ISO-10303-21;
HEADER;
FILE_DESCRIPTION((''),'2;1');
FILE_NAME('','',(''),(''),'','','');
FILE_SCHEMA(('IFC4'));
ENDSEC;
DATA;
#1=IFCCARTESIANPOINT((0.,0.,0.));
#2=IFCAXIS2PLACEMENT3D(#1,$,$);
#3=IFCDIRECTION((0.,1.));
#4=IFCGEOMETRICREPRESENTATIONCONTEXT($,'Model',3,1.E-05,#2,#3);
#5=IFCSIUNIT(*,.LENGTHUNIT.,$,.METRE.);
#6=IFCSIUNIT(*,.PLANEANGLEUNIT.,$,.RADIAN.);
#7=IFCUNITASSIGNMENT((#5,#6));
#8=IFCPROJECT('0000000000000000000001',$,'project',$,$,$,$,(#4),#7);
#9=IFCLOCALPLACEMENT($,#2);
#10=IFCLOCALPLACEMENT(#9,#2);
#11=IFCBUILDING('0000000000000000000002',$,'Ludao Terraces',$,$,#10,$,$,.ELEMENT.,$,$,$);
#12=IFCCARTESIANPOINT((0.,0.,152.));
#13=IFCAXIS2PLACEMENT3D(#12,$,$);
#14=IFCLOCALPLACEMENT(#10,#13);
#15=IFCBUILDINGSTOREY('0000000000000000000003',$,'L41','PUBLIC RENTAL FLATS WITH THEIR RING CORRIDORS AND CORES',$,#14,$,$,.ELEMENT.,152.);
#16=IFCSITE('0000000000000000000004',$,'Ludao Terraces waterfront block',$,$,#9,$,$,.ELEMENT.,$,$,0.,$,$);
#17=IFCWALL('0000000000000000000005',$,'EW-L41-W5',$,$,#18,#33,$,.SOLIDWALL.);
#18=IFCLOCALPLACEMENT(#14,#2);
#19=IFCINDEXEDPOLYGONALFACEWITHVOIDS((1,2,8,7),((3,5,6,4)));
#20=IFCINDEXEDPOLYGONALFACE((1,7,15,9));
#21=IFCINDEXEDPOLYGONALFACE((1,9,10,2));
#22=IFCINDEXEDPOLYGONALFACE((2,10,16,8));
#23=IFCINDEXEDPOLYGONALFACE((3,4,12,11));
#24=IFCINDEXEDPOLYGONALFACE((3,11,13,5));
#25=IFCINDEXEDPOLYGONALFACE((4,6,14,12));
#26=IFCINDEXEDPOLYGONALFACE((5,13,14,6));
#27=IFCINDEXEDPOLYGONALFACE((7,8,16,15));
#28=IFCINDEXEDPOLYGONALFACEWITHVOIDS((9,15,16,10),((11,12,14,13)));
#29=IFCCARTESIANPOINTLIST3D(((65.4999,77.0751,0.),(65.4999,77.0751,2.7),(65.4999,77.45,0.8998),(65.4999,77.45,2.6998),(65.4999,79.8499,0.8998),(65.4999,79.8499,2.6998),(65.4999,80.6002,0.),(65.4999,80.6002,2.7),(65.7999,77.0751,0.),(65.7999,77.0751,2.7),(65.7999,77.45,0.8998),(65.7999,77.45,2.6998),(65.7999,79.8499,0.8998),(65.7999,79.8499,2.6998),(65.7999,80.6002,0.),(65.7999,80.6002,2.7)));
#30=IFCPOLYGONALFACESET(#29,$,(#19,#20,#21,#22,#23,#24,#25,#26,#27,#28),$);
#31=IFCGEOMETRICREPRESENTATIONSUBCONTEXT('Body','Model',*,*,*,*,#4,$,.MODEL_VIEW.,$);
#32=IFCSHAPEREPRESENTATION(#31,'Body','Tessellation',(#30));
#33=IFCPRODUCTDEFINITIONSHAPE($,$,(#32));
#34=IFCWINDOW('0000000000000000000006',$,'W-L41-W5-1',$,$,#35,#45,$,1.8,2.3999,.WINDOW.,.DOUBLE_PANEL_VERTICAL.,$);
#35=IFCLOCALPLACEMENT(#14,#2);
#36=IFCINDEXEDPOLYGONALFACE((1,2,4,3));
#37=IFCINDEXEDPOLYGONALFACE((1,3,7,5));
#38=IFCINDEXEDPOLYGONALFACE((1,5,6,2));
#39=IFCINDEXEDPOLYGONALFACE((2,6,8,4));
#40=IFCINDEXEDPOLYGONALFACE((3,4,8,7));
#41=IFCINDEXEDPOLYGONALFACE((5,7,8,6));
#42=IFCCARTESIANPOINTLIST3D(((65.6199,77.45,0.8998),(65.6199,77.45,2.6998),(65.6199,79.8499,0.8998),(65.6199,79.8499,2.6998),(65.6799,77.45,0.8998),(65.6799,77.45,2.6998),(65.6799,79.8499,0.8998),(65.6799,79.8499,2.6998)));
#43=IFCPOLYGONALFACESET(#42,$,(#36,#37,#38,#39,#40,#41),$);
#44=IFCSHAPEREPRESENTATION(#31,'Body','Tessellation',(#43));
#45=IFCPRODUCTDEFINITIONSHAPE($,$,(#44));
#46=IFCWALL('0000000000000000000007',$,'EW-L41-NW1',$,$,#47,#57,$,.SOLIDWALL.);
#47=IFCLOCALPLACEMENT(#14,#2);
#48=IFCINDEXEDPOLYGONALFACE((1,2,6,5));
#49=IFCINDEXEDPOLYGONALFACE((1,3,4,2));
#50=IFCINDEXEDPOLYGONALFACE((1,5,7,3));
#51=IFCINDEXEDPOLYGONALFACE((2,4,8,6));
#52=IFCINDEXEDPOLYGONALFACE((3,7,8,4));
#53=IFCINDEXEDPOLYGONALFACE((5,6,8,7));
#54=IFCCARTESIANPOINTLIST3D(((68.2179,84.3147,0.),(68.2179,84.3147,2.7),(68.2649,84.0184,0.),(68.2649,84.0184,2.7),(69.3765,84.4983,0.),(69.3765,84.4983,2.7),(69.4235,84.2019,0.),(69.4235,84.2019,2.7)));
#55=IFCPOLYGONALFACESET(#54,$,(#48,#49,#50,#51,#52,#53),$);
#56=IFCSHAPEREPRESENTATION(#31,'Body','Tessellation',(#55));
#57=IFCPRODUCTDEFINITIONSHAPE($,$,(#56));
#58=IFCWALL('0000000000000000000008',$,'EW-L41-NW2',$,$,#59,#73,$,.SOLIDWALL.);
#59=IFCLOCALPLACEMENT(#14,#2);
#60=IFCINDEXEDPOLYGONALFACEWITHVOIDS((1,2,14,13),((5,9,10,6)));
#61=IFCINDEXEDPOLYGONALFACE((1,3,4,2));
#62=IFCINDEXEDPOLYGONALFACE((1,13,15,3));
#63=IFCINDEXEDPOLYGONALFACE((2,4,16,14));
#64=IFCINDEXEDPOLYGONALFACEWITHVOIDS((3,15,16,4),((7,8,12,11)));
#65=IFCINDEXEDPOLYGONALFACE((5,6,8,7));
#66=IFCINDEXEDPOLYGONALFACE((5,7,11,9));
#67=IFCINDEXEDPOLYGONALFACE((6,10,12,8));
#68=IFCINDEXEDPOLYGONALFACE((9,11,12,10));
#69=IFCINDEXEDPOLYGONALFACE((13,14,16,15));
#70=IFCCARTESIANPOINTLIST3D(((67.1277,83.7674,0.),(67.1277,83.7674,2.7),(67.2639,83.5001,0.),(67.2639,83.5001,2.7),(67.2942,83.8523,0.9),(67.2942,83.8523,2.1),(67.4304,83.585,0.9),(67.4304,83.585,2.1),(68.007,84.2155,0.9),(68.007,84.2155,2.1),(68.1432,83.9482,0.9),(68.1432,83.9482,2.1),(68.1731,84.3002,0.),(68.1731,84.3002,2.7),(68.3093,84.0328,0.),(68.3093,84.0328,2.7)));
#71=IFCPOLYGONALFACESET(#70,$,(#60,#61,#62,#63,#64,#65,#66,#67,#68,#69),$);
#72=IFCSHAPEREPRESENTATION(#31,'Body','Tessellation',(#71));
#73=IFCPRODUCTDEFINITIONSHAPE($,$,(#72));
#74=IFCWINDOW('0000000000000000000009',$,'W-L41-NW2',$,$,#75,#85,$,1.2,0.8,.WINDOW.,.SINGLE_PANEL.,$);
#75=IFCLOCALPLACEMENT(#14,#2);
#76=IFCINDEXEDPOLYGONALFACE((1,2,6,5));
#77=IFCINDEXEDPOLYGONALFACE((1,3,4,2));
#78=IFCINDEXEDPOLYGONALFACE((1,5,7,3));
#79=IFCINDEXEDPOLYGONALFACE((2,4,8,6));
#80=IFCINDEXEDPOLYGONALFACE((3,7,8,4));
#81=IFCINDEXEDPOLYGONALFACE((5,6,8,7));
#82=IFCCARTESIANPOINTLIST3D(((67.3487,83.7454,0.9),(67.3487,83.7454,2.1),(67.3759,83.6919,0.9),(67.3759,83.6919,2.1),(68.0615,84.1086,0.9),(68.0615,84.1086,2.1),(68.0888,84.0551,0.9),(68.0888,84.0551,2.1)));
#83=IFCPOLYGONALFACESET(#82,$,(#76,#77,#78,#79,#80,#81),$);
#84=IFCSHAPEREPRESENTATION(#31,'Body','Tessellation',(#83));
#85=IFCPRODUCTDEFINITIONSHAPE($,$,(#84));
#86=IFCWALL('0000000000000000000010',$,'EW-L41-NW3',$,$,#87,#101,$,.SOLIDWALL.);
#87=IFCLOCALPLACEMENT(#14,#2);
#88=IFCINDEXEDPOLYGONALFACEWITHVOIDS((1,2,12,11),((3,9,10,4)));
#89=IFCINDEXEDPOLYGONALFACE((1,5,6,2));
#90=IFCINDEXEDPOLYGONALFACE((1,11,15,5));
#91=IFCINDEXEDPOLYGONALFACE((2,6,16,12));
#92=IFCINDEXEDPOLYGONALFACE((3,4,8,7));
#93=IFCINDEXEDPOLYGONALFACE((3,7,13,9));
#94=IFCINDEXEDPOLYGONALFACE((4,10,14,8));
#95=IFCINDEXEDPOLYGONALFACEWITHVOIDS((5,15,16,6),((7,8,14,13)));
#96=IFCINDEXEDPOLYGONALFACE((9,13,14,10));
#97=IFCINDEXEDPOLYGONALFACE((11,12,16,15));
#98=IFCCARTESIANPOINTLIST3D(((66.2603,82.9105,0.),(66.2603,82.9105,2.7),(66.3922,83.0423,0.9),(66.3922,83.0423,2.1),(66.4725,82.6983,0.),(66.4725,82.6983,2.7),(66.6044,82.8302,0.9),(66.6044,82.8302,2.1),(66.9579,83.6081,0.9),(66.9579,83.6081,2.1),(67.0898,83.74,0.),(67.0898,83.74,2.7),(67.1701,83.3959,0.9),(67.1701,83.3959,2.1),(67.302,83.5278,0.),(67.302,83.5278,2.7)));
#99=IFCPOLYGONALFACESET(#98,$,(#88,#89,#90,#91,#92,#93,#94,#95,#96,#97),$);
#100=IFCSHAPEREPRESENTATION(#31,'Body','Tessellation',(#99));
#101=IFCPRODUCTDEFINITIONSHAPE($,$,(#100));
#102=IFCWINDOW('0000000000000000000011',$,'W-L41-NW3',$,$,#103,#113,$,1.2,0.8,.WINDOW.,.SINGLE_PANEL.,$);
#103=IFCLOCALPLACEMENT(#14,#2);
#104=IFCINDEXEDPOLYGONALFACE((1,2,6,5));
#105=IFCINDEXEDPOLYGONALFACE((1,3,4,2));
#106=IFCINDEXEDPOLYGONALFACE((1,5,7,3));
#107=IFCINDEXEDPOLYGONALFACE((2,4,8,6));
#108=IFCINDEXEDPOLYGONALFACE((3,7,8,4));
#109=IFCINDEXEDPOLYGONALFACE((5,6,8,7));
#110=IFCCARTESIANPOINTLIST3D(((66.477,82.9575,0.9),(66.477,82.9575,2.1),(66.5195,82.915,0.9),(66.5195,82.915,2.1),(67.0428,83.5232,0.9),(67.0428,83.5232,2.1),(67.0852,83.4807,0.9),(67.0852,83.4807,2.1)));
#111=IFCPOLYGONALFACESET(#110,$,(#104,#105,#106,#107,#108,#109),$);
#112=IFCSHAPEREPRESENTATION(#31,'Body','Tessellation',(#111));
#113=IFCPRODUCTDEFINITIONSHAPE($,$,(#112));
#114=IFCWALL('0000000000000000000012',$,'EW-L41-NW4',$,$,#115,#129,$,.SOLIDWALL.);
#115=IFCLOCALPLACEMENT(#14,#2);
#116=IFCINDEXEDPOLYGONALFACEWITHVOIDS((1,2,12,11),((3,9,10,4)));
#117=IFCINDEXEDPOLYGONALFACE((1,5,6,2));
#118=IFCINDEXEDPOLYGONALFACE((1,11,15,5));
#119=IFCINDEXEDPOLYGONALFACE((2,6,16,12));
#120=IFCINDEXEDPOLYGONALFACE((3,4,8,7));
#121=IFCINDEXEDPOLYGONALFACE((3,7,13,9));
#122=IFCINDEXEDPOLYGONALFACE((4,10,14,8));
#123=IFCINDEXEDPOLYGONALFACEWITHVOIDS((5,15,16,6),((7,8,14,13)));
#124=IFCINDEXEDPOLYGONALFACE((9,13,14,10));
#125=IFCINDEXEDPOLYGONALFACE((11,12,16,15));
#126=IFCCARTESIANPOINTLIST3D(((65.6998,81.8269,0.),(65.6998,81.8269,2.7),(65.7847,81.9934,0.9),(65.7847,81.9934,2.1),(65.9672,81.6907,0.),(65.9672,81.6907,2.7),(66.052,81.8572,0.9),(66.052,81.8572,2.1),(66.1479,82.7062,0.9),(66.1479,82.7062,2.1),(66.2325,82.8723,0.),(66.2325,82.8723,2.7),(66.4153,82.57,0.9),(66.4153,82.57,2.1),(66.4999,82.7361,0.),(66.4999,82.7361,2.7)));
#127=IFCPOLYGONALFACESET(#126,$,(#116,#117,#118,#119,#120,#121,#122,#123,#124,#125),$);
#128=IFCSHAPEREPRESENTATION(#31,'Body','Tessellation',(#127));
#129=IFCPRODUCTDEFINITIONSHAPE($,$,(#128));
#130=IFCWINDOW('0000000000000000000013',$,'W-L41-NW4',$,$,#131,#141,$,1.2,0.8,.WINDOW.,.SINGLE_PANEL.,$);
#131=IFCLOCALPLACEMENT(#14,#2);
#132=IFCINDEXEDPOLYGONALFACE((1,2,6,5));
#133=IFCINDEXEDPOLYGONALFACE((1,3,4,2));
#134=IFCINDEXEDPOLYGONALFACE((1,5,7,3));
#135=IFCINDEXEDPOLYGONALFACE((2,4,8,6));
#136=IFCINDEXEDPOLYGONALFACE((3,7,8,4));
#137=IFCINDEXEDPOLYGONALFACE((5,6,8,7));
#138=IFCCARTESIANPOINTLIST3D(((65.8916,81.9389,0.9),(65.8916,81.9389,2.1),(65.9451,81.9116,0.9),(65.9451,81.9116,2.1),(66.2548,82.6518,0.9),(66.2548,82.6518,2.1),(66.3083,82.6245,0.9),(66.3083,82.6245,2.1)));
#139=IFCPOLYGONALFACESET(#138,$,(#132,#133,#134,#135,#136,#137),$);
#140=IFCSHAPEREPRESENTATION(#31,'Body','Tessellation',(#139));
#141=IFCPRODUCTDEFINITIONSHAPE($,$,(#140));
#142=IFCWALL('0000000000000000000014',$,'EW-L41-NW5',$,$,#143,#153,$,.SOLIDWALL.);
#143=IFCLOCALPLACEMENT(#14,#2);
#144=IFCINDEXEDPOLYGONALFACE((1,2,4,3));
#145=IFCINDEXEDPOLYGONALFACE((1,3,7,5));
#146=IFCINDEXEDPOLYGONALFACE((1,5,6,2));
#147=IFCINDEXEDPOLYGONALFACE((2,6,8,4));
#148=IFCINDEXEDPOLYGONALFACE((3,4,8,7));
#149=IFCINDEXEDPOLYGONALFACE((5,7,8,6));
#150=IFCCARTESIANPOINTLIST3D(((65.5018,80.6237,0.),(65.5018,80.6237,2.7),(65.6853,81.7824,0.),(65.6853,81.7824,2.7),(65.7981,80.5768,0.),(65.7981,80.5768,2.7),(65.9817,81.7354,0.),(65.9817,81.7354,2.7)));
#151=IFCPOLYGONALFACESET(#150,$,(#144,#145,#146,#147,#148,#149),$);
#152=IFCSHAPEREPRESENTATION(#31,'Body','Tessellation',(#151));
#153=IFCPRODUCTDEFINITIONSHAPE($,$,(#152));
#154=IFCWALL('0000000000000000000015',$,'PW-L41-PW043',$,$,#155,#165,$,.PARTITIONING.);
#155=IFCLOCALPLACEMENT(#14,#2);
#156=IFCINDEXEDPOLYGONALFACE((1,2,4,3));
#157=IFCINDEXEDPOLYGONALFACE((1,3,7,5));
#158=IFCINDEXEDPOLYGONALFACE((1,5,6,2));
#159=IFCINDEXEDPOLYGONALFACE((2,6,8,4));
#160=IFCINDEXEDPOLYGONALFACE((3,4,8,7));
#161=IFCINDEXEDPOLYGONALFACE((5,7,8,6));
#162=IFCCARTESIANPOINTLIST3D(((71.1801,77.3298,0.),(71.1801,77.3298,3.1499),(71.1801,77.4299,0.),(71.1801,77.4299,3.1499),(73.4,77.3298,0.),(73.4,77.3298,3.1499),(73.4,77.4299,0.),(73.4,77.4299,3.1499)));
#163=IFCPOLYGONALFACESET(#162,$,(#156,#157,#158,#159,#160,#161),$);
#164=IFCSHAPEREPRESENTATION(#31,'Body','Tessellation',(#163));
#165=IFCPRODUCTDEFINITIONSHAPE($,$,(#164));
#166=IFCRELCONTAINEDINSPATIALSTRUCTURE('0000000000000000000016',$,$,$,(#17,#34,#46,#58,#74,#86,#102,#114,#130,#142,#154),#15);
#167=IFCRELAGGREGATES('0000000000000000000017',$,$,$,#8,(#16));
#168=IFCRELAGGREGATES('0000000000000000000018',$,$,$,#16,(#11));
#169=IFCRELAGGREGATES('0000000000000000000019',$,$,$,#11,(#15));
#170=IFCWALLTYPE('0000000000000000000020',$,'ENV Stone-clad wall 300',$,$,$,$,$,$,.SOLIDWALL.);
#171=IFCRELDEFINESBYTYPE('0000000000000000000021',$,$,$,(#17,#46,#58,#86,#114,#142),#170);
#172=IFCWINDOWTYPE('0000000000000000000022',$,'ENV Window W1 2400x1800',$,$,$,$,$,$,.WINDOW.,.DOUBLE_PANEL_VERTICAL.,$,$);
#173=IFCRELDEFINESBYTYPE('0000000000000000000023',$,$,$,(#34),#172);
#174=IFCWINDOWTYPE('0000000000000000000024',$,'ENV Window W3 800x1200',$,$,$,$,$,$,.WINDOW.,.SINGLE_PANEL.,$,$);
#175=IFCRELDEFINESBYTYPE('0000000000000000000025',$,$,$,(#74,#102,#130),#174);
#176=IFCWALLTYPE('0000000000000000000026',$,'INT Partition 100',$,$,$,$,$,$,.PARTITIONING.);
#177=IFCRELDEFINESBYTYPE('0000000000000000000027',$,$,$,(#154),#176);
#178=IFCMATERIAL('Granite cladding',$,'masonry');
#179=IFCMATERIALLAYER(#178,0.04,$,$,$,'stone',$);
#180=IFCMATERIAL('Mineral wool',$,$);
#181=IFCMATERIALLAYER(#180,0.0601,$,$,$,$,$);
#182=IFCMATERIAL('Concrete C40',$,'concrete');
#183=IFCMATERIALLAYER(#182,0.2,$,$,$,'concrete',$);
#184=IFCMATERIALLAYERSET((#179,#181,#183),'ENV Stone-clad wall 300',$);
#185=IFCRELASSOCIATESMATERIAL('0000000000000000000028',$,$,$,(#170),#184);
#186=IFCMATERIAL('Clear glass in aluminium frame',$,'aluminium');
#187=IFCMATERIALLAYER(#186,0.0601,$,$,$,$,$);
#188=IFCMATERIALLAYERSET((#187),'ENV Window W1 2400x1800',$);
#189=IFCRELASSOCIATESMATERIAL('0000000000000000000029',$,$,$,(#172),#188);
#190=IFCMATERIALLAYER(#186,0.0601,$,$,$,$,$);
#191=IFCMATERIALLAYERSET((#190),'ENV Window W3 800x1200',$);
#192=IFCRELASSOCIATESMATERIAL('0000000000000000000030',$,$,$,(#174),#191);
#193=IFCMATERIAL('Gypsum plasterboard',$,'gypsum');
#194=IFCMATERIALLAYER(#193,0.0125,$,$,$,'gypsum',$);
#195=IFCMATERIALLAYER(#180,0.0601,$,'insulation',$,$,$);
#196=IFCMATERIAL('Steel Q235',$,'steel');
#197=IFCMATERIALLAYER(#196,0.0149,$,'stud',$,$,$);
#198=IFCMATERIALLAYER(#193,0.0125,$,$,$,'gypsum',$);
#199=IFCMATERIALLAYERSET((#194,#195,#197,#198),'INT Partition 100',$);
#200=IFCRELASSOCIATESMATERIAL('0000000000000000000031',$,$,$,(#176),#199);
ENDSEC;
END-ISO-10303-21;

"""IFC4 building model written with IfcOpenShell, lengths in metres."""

from ifc_helpers import new_model, si_unit, direction, frame, frame_2d, origin, place, context, subcontext, project, spatial, rectangle, extrude, material, layer, layer_set, type_object, element, fill, save


model = new_model("IFC4")

# Units and contexts
model_context = context("Model", 3, precision=1e-05, world=origin(), true_north=direction((0.0, 1.0)))
body_context = subcontext(model_context, "Body", "Model", "MODEL_VIEW")
ifc_project = project(units=[si_unit("LENGTHUNIT", "METRE"), si_unit("PLANEANGLEUNIT", "RADIAN")], contexts=[model_context])

# Site, building, storey
site_placement = place(None, origin())
site = spatial("IfcSite", under=ifc_project, at=site_placement, Name="Ludao Terraces waterfront block", CompositionType="ELEMENT", RefElevation=0.0)
building_placement = place(site_placement, origin())
building = spatial("IfcBuilding", under=site, at=building_placement, Name="Ludao Terraces", CompositionType="ELEMENT")
storey_placement = place(building_placement, frame((0.0, 0.0, 152.0)))
storey = spatial("IfcBuildingStorey", under=building, at=storey_placement, Name="L41", Description="PUBLIC RENTAL FLATS WITH THEIR RING CORRIDORS AND CORES", CompositionType="ELEMENT", Elevation=152.0)

# Shared definitions
ifc_material_1 = material(Name="Concrete C40", Category="concrete")

# Shared definitions
ifc_material_2 = material(Name="Steel Q235", Category="steel")

# Shared definitions
ifc_material_3 = material(Name="Granite cladding", Category="masonry")
ifc_layer_1 = layer(ifc_material_3, 0.04, Category="stone")
ifc_material_4 = material(Name="Mineral wool")
ifc_layer_2 = layer(ifc_material_4, 0.0601)
ifc_layer_3 = layer(ifc_material_1, 0.2, Category="concrete")
ifc_layer_set_1 = layer_set([ifc_layer_1, ifc_layer_2, ifc_layer_3], Name="ENV Stone-clad wall 300")
wall_type_1 = type_object("IfcWallType", Name="ENV Stone-clad wall 300", PredefinedType="SOLIDWALL", material=ifc_layer_set_1)
ifc_material_5 = material(Name="Clear glass in aluminium frame", Category="aluminium")
ifc_layer_4 = layer(ifc_material_5, 0.0601)
ifc_layer_set_2 = layer_set([ifc_layer_4], Name="ENV Window W1 2400x1800")
window_type_1 = type_object("IfcWindowType", Name="ENV Window W1 2400x1800", PartitioningType="DOUBLE_PANEL_VERTICAL", PredefinedType="WINDOW", material=ifc_layer_set_2)

# Wall, opening, window
wall_1_placement = place(storey_placement, frame((65.6499, 77.075, 0.0), z_axis=(0.0, 0.0, 1.0), x_axis=(0.0, 1.0, 0.0)))
wall_1 = element("IfcWall", 1, at=wall_1_placement, inside=storey, type_object=wall_type_1, Name="EW-L41-W5", PredefinedType="SOLIDWALL", context=body_context, shape_type="SweptSolid", body=[
    extrude(rectangle(XDim=3.5251, YDim=0.3, at=frame_2d((1.7627, 0.0))), origin(), (0.0, 0.0, 1.0), 2.7),
])
opening_1_placement = place(wall_1_placement, frame((0.375, 0.0, 0.8999)))
opening_1 = element("IfcOpeningElement", 2, at=opening_1_placement, cuts=wall_1, PredefinedType="OPENING", context=body_context, shape_type="SweptSolid", body=[
    extrude(rectangle(XDim=2.3999, YDim=1.8, at=frame_2d((1.2, 0.8999))), frame((0.0, 0.1602, 0.0), z_axis=(0.0, -1.0, 0.0), x_axis=(1.0, 0.0, 0.0)), (0.0, 0.0, 1.0), 0.3201),
])
window_1_placement = place(opening_1_placement, origin())
window_1 = element("IfcWindow", 3, at=window_1_placement, inside=storey, type_object=window_type_1, Name="W-L41-W5-1", OverallHeight=1.8, OverallWidth=2.3999, PartitioningType="DOUBLE_PANEL_VERTICAL", PredefinedType="WINDOW", context=body_context, shape_type="SweptSolid", body=[
    extrude(rectangle(XDim=2.3999, YDim=1.8, at=frame_2d((1.2, 0.8999))), frame((0.0, 0.03, 0.0), z_axis=(0.0, -1.0, 0.0), x_axis=(1.0, 0.0, 0.0)), (0.0, 0.0, 1.0), 0.0601),
])
fill(opening_1, window_1)

# Wall
wall_2_placement = place(storey_placement, frame((69.3999, 84.3501, 0.0), z_axis=(0.0, 0.0, 1.0), x_axis=(-0.987678, -0.156497, 0.0)))
element("IfcWall", 4, at=wall_2_placement, inside=storey, type_object=wall_type_1, Name="EW-L41-NW1", PredefinedType="SOLIDWALL", context=body_context, shape_type="SweptSolid", body=[
    extrude(rectangle(XDim=1.1731, YDim=0.3, at=frame_2d((0.5864, 0.0))), origin(), (0.0, 0.0, 1.0), 2.7),
])

# Walls, openings, windows
wall_3_placement = place(storey_placement, frame((68.2412, 84.1665, 0.0), z_axis=(0.0, 0.0, 1.0), x_axis=(-0.890989, -0.454026, 0.0)))
wall_3 = element("IfcWall", 5, at=wall_3_placement, inside=storey, type_object=wall_type_1, Name="EW-L41-NW2", PredefinedType="SOLIDWALL", context=body_context, shape_type="SweptSolid", body=[
    extrude(rectangle(XDim=1.1733, YDim=0.3, at=frame_2d((0.5867, 0.0))), origin(), (0.0, 0.0, 1.0), 2.7),
])
opening_2_placement = place(wall_3_placement, frame((0.1865, 0.0, 0.8999)))
opening_2 = element("IfcOpeningElement", 6, at=opening_2_placement, cuts=wall_3, PredefinedType="OPENING", context=body_context, shape_type="SweptSolid", body=[
    extrude(rectangle(XDim=0.8, YDim=1.2, at=frame_2d((0.3999, 0.6001))), frame((0.0, 0.1602, 0.0), z_axis=(0.0, -1.0, 0.0), x_axis=(1.0, 0.0, 0.0)), (0.0, 0.0, 1.0), 0.3201),
])
ifc_layer_5 = layer(ifc_material_5, 0.0601)
ifc_layer_set_3 = layer_set([ifc_layer_5], Name="ENV Window W3 800x1200")
window_type_2 = type_object("IfcWindowType", Name="ENV Window W3 800x1200", PartitioningType="SINGLE_PANEL", PredefinedType="WINDOW", material=ifc_layer_set_3)
window_2_placement = place(opening_2_placement, origin())
window_2 = element("IfcWindow", 7, at=window_2_placement, inside=storey, type_object=window_type_2, Name="W-L41-NW2", OverallHeight=1.2, OverallWidth=0.8, PartitioningType="SINGLE_PANEL", PredefinedType="WINDOW", context=body_context, shape_type="SweptSolid", body=[
    extrude(rectangle(XDim=0.8, YDim=1.2, at=frame_2d((0.3999, 0.6001))), frame((0.0, 0.03, 0.0), z_axis=(0.0, -1.0, 0.0), x_axis=(1.0, 0.0, 0.0)), (0.0, 0.0, 1.0), 0.0601),
])
fill(opening_2, window_2)
wall_4_placement = place(storey_placement, frame((67.1958, 83.6338, 0.0), z_axis=(0.0, 0.0, 1.0), x_axis=(-0.707107, -0.707107, 0.0)))
wall_4 = element("IfcWall", 8, at=wall_4_placement, inside=storey, type_object=wall_type_1, Name="EW-L41-NW3", PredefinedType="SOLIDWALL", context=body_context, shape_type="SweptSolid", body=[
    extrude(rectangle(XDim=1.1731, YDim=0.3, at=frame_2d((0.5864, 0.0))), origin(), (0.0, 0.0, 1.0), 2.7),
])
opening_3_placement = place(wall_4_placement, frame((0.1865, 0.0, 0.8999)))
opening_3 = element("IfcOpeningElement", 9, at=opening_3_placement, cuts=wall_4, PredefinedType="OPENING", context=body_context, shape_type="SweptSolid", body=[
    extrude(rectangle(XDim=0.8, YDim=1.2, at=frame_2d((0.3999, 0.6001))), frame((0.0, 0.1602, 0.0), z_axis=(0.0, -1.0, 0.0), x_axis=(1.0, 0.0, 0.0)), (0.0, 0.0, 1.0), 0.3201),
])
window_3_placement = place(opening_3_placement, origin())
window_3 = element("IfcWindow", 10, at=window_3_placement, inside=storey, type_object=window_type_2, Name="W-L41-NW3", OverallHeight=1.2, OverallWidth=0.8, PartitioningType="SINGLE_PANEL", PredefinedType="WINDOW", context=body_context, shape_type="SweptSolid", body=[
    extrude(rectangle(XDim=0.8, YDim=1.2, at=frame_2d((0.3999, 0.6001))), frame((0.0, 0.03, 0.0), z_axis=(0.0, -1.0, 0.0), x_axis=(1.0, 0.0, 0.0)), (0.0, 0.0, 1.0), 0.0601),
])
fill(opening_3, window_3)
wall_5_placement = place(storey_placement, frame((66.3662, 82.8042, 0.0), z_axis=(0.0, 0.0, 1.0), x_axis=(-0.454026, -0.890989, 0.0)))
wall_5 = element("IfcWall", 11, at=wall_5_placement, inside=storey, type_object=wall_type_1, Name="EW-L41-NW4", PredefinedType="SOLIDWALL", context=body_context, shape_type="SweptSolid", body=[
    extrude(rectangle(XDim=1.1733, YDim=0.3, at=frame_2d((0.5867, 0.0))), origin(), (0.0, 0.0, 1.0), 2.7),
])
opening_4_placement = place(wall_5_placement, frame((0.1865, 0.0, 0.8999)))
opening_4 = element("IfcOpeningElement", 12, at=opening_4_placement, cuts=wall_5, PredefinedType="OPENING", context=body_context, shape_type="SweptSolid", body=[
    extrude(rectangle(XDim=0.8, YDim=1.2, at=frame_2d((0.3999, 0.6001))), frame((0.0, 0.1602, 0.0), z_axis=(0.0, -1.0, 0.0), x_axis=(1.0, 0.0, 0.0)), (0.0, 0.0, 1.0), 0.3201),
])
window_4_placement = place(opening_4_placement, origin())
window_4 = element("IfcWindow", 13, at=window_4_placement, inside=storey, type_object=window_type_2, Name="W-L41-NW4", OverallHeight=1.2, OverallWidth=0.8, PartitioningType="SINGLE_PANEL", PredefinedType="WINDOW", context=body_context, shape_type="SweptSolid", body=[
    extrude(rectangle(XDim=0.8, YDim=1.2, at=frame_2d((0.3999, 0.6001))), frame((0.0, 0.03, 0.0), z_axis=(0.0, -1.0, 0.0), x_axis=(1.0, 0.0, 0.0)), (0.0, 0.0, 1.0), 0.0601),
])
fill(opening_4, window_4)

# Walls
wall_6_placement = place(storey_placement, frame((65.8335, 81.7588, 0.0), z_axis=(0.0, 0.0, 1.0), x_axis=(-0.156497, -0.987678, 0.0)))
element("IfcWall", 14, at=wall_6_placement, inside=storey, type_object=wall_type_1, Name="EW-L41-NW5", PredefinedType="SOLIDWALL", context=body_context, shape_type="SweptSolid", body=[
    extrude(rectangle(XDim=1.1731, YDim=0.3, at=frame_2d((0.5864, 0.0))), origin(), (0.0, 0.0, 1.0), 2.7),
])
ifc_material_6 = material(Name="Gypsum plasterboard", Category="gypsum")
ifc_layer_6 = layer(ifc_material_6, 0.0125, Category="gypsum")
ifc_layer_7 = layer(ifc_material_4, 0.0601, Name="insulation")
ifc_layer_8 = layer(ifc_material_2, 0.0149, Name="stud")
ifc_layer_9 = layer(ifc_material_6, 0.0125, Category="gypsum")
ifc_layer_set_4 = layer_set([ifc_layer_6, ifc_layer_7, ifc_layer_8, ifc_layer_9], Name="INT Partition 100")
wall_type_2 = type_object("IfcWallType", Name="INT Partition 100", PredefinedType="PARTITIONING", material=ifc_layer_set_4)
for number, where, z_axis, x_axis, name in (
    (15, (71.1802, 77.3799, 0.0), (0.0, 0.0, 1.0), (1.0, 0.0, 0.0), "PW-L41-PW043"),
):
    element("IfcWall", number, at=place(storey_placement, frame(where, z_axis=z_axis, x_axis=x_axis)), inside=storey, type_object=wall_type_2, Name=name, PredefinedType="PARTITIONING", context=body_context, shape_type="SweptSolid", body=[
        extrude(rectangle(XDim=2.22, YDim=0.1001, at=frame_2d((1.1099, 0.0))), origin(), (0.0, 0.0, 1.0), 3.1499),
    ])

save(model, "model.ifc")
